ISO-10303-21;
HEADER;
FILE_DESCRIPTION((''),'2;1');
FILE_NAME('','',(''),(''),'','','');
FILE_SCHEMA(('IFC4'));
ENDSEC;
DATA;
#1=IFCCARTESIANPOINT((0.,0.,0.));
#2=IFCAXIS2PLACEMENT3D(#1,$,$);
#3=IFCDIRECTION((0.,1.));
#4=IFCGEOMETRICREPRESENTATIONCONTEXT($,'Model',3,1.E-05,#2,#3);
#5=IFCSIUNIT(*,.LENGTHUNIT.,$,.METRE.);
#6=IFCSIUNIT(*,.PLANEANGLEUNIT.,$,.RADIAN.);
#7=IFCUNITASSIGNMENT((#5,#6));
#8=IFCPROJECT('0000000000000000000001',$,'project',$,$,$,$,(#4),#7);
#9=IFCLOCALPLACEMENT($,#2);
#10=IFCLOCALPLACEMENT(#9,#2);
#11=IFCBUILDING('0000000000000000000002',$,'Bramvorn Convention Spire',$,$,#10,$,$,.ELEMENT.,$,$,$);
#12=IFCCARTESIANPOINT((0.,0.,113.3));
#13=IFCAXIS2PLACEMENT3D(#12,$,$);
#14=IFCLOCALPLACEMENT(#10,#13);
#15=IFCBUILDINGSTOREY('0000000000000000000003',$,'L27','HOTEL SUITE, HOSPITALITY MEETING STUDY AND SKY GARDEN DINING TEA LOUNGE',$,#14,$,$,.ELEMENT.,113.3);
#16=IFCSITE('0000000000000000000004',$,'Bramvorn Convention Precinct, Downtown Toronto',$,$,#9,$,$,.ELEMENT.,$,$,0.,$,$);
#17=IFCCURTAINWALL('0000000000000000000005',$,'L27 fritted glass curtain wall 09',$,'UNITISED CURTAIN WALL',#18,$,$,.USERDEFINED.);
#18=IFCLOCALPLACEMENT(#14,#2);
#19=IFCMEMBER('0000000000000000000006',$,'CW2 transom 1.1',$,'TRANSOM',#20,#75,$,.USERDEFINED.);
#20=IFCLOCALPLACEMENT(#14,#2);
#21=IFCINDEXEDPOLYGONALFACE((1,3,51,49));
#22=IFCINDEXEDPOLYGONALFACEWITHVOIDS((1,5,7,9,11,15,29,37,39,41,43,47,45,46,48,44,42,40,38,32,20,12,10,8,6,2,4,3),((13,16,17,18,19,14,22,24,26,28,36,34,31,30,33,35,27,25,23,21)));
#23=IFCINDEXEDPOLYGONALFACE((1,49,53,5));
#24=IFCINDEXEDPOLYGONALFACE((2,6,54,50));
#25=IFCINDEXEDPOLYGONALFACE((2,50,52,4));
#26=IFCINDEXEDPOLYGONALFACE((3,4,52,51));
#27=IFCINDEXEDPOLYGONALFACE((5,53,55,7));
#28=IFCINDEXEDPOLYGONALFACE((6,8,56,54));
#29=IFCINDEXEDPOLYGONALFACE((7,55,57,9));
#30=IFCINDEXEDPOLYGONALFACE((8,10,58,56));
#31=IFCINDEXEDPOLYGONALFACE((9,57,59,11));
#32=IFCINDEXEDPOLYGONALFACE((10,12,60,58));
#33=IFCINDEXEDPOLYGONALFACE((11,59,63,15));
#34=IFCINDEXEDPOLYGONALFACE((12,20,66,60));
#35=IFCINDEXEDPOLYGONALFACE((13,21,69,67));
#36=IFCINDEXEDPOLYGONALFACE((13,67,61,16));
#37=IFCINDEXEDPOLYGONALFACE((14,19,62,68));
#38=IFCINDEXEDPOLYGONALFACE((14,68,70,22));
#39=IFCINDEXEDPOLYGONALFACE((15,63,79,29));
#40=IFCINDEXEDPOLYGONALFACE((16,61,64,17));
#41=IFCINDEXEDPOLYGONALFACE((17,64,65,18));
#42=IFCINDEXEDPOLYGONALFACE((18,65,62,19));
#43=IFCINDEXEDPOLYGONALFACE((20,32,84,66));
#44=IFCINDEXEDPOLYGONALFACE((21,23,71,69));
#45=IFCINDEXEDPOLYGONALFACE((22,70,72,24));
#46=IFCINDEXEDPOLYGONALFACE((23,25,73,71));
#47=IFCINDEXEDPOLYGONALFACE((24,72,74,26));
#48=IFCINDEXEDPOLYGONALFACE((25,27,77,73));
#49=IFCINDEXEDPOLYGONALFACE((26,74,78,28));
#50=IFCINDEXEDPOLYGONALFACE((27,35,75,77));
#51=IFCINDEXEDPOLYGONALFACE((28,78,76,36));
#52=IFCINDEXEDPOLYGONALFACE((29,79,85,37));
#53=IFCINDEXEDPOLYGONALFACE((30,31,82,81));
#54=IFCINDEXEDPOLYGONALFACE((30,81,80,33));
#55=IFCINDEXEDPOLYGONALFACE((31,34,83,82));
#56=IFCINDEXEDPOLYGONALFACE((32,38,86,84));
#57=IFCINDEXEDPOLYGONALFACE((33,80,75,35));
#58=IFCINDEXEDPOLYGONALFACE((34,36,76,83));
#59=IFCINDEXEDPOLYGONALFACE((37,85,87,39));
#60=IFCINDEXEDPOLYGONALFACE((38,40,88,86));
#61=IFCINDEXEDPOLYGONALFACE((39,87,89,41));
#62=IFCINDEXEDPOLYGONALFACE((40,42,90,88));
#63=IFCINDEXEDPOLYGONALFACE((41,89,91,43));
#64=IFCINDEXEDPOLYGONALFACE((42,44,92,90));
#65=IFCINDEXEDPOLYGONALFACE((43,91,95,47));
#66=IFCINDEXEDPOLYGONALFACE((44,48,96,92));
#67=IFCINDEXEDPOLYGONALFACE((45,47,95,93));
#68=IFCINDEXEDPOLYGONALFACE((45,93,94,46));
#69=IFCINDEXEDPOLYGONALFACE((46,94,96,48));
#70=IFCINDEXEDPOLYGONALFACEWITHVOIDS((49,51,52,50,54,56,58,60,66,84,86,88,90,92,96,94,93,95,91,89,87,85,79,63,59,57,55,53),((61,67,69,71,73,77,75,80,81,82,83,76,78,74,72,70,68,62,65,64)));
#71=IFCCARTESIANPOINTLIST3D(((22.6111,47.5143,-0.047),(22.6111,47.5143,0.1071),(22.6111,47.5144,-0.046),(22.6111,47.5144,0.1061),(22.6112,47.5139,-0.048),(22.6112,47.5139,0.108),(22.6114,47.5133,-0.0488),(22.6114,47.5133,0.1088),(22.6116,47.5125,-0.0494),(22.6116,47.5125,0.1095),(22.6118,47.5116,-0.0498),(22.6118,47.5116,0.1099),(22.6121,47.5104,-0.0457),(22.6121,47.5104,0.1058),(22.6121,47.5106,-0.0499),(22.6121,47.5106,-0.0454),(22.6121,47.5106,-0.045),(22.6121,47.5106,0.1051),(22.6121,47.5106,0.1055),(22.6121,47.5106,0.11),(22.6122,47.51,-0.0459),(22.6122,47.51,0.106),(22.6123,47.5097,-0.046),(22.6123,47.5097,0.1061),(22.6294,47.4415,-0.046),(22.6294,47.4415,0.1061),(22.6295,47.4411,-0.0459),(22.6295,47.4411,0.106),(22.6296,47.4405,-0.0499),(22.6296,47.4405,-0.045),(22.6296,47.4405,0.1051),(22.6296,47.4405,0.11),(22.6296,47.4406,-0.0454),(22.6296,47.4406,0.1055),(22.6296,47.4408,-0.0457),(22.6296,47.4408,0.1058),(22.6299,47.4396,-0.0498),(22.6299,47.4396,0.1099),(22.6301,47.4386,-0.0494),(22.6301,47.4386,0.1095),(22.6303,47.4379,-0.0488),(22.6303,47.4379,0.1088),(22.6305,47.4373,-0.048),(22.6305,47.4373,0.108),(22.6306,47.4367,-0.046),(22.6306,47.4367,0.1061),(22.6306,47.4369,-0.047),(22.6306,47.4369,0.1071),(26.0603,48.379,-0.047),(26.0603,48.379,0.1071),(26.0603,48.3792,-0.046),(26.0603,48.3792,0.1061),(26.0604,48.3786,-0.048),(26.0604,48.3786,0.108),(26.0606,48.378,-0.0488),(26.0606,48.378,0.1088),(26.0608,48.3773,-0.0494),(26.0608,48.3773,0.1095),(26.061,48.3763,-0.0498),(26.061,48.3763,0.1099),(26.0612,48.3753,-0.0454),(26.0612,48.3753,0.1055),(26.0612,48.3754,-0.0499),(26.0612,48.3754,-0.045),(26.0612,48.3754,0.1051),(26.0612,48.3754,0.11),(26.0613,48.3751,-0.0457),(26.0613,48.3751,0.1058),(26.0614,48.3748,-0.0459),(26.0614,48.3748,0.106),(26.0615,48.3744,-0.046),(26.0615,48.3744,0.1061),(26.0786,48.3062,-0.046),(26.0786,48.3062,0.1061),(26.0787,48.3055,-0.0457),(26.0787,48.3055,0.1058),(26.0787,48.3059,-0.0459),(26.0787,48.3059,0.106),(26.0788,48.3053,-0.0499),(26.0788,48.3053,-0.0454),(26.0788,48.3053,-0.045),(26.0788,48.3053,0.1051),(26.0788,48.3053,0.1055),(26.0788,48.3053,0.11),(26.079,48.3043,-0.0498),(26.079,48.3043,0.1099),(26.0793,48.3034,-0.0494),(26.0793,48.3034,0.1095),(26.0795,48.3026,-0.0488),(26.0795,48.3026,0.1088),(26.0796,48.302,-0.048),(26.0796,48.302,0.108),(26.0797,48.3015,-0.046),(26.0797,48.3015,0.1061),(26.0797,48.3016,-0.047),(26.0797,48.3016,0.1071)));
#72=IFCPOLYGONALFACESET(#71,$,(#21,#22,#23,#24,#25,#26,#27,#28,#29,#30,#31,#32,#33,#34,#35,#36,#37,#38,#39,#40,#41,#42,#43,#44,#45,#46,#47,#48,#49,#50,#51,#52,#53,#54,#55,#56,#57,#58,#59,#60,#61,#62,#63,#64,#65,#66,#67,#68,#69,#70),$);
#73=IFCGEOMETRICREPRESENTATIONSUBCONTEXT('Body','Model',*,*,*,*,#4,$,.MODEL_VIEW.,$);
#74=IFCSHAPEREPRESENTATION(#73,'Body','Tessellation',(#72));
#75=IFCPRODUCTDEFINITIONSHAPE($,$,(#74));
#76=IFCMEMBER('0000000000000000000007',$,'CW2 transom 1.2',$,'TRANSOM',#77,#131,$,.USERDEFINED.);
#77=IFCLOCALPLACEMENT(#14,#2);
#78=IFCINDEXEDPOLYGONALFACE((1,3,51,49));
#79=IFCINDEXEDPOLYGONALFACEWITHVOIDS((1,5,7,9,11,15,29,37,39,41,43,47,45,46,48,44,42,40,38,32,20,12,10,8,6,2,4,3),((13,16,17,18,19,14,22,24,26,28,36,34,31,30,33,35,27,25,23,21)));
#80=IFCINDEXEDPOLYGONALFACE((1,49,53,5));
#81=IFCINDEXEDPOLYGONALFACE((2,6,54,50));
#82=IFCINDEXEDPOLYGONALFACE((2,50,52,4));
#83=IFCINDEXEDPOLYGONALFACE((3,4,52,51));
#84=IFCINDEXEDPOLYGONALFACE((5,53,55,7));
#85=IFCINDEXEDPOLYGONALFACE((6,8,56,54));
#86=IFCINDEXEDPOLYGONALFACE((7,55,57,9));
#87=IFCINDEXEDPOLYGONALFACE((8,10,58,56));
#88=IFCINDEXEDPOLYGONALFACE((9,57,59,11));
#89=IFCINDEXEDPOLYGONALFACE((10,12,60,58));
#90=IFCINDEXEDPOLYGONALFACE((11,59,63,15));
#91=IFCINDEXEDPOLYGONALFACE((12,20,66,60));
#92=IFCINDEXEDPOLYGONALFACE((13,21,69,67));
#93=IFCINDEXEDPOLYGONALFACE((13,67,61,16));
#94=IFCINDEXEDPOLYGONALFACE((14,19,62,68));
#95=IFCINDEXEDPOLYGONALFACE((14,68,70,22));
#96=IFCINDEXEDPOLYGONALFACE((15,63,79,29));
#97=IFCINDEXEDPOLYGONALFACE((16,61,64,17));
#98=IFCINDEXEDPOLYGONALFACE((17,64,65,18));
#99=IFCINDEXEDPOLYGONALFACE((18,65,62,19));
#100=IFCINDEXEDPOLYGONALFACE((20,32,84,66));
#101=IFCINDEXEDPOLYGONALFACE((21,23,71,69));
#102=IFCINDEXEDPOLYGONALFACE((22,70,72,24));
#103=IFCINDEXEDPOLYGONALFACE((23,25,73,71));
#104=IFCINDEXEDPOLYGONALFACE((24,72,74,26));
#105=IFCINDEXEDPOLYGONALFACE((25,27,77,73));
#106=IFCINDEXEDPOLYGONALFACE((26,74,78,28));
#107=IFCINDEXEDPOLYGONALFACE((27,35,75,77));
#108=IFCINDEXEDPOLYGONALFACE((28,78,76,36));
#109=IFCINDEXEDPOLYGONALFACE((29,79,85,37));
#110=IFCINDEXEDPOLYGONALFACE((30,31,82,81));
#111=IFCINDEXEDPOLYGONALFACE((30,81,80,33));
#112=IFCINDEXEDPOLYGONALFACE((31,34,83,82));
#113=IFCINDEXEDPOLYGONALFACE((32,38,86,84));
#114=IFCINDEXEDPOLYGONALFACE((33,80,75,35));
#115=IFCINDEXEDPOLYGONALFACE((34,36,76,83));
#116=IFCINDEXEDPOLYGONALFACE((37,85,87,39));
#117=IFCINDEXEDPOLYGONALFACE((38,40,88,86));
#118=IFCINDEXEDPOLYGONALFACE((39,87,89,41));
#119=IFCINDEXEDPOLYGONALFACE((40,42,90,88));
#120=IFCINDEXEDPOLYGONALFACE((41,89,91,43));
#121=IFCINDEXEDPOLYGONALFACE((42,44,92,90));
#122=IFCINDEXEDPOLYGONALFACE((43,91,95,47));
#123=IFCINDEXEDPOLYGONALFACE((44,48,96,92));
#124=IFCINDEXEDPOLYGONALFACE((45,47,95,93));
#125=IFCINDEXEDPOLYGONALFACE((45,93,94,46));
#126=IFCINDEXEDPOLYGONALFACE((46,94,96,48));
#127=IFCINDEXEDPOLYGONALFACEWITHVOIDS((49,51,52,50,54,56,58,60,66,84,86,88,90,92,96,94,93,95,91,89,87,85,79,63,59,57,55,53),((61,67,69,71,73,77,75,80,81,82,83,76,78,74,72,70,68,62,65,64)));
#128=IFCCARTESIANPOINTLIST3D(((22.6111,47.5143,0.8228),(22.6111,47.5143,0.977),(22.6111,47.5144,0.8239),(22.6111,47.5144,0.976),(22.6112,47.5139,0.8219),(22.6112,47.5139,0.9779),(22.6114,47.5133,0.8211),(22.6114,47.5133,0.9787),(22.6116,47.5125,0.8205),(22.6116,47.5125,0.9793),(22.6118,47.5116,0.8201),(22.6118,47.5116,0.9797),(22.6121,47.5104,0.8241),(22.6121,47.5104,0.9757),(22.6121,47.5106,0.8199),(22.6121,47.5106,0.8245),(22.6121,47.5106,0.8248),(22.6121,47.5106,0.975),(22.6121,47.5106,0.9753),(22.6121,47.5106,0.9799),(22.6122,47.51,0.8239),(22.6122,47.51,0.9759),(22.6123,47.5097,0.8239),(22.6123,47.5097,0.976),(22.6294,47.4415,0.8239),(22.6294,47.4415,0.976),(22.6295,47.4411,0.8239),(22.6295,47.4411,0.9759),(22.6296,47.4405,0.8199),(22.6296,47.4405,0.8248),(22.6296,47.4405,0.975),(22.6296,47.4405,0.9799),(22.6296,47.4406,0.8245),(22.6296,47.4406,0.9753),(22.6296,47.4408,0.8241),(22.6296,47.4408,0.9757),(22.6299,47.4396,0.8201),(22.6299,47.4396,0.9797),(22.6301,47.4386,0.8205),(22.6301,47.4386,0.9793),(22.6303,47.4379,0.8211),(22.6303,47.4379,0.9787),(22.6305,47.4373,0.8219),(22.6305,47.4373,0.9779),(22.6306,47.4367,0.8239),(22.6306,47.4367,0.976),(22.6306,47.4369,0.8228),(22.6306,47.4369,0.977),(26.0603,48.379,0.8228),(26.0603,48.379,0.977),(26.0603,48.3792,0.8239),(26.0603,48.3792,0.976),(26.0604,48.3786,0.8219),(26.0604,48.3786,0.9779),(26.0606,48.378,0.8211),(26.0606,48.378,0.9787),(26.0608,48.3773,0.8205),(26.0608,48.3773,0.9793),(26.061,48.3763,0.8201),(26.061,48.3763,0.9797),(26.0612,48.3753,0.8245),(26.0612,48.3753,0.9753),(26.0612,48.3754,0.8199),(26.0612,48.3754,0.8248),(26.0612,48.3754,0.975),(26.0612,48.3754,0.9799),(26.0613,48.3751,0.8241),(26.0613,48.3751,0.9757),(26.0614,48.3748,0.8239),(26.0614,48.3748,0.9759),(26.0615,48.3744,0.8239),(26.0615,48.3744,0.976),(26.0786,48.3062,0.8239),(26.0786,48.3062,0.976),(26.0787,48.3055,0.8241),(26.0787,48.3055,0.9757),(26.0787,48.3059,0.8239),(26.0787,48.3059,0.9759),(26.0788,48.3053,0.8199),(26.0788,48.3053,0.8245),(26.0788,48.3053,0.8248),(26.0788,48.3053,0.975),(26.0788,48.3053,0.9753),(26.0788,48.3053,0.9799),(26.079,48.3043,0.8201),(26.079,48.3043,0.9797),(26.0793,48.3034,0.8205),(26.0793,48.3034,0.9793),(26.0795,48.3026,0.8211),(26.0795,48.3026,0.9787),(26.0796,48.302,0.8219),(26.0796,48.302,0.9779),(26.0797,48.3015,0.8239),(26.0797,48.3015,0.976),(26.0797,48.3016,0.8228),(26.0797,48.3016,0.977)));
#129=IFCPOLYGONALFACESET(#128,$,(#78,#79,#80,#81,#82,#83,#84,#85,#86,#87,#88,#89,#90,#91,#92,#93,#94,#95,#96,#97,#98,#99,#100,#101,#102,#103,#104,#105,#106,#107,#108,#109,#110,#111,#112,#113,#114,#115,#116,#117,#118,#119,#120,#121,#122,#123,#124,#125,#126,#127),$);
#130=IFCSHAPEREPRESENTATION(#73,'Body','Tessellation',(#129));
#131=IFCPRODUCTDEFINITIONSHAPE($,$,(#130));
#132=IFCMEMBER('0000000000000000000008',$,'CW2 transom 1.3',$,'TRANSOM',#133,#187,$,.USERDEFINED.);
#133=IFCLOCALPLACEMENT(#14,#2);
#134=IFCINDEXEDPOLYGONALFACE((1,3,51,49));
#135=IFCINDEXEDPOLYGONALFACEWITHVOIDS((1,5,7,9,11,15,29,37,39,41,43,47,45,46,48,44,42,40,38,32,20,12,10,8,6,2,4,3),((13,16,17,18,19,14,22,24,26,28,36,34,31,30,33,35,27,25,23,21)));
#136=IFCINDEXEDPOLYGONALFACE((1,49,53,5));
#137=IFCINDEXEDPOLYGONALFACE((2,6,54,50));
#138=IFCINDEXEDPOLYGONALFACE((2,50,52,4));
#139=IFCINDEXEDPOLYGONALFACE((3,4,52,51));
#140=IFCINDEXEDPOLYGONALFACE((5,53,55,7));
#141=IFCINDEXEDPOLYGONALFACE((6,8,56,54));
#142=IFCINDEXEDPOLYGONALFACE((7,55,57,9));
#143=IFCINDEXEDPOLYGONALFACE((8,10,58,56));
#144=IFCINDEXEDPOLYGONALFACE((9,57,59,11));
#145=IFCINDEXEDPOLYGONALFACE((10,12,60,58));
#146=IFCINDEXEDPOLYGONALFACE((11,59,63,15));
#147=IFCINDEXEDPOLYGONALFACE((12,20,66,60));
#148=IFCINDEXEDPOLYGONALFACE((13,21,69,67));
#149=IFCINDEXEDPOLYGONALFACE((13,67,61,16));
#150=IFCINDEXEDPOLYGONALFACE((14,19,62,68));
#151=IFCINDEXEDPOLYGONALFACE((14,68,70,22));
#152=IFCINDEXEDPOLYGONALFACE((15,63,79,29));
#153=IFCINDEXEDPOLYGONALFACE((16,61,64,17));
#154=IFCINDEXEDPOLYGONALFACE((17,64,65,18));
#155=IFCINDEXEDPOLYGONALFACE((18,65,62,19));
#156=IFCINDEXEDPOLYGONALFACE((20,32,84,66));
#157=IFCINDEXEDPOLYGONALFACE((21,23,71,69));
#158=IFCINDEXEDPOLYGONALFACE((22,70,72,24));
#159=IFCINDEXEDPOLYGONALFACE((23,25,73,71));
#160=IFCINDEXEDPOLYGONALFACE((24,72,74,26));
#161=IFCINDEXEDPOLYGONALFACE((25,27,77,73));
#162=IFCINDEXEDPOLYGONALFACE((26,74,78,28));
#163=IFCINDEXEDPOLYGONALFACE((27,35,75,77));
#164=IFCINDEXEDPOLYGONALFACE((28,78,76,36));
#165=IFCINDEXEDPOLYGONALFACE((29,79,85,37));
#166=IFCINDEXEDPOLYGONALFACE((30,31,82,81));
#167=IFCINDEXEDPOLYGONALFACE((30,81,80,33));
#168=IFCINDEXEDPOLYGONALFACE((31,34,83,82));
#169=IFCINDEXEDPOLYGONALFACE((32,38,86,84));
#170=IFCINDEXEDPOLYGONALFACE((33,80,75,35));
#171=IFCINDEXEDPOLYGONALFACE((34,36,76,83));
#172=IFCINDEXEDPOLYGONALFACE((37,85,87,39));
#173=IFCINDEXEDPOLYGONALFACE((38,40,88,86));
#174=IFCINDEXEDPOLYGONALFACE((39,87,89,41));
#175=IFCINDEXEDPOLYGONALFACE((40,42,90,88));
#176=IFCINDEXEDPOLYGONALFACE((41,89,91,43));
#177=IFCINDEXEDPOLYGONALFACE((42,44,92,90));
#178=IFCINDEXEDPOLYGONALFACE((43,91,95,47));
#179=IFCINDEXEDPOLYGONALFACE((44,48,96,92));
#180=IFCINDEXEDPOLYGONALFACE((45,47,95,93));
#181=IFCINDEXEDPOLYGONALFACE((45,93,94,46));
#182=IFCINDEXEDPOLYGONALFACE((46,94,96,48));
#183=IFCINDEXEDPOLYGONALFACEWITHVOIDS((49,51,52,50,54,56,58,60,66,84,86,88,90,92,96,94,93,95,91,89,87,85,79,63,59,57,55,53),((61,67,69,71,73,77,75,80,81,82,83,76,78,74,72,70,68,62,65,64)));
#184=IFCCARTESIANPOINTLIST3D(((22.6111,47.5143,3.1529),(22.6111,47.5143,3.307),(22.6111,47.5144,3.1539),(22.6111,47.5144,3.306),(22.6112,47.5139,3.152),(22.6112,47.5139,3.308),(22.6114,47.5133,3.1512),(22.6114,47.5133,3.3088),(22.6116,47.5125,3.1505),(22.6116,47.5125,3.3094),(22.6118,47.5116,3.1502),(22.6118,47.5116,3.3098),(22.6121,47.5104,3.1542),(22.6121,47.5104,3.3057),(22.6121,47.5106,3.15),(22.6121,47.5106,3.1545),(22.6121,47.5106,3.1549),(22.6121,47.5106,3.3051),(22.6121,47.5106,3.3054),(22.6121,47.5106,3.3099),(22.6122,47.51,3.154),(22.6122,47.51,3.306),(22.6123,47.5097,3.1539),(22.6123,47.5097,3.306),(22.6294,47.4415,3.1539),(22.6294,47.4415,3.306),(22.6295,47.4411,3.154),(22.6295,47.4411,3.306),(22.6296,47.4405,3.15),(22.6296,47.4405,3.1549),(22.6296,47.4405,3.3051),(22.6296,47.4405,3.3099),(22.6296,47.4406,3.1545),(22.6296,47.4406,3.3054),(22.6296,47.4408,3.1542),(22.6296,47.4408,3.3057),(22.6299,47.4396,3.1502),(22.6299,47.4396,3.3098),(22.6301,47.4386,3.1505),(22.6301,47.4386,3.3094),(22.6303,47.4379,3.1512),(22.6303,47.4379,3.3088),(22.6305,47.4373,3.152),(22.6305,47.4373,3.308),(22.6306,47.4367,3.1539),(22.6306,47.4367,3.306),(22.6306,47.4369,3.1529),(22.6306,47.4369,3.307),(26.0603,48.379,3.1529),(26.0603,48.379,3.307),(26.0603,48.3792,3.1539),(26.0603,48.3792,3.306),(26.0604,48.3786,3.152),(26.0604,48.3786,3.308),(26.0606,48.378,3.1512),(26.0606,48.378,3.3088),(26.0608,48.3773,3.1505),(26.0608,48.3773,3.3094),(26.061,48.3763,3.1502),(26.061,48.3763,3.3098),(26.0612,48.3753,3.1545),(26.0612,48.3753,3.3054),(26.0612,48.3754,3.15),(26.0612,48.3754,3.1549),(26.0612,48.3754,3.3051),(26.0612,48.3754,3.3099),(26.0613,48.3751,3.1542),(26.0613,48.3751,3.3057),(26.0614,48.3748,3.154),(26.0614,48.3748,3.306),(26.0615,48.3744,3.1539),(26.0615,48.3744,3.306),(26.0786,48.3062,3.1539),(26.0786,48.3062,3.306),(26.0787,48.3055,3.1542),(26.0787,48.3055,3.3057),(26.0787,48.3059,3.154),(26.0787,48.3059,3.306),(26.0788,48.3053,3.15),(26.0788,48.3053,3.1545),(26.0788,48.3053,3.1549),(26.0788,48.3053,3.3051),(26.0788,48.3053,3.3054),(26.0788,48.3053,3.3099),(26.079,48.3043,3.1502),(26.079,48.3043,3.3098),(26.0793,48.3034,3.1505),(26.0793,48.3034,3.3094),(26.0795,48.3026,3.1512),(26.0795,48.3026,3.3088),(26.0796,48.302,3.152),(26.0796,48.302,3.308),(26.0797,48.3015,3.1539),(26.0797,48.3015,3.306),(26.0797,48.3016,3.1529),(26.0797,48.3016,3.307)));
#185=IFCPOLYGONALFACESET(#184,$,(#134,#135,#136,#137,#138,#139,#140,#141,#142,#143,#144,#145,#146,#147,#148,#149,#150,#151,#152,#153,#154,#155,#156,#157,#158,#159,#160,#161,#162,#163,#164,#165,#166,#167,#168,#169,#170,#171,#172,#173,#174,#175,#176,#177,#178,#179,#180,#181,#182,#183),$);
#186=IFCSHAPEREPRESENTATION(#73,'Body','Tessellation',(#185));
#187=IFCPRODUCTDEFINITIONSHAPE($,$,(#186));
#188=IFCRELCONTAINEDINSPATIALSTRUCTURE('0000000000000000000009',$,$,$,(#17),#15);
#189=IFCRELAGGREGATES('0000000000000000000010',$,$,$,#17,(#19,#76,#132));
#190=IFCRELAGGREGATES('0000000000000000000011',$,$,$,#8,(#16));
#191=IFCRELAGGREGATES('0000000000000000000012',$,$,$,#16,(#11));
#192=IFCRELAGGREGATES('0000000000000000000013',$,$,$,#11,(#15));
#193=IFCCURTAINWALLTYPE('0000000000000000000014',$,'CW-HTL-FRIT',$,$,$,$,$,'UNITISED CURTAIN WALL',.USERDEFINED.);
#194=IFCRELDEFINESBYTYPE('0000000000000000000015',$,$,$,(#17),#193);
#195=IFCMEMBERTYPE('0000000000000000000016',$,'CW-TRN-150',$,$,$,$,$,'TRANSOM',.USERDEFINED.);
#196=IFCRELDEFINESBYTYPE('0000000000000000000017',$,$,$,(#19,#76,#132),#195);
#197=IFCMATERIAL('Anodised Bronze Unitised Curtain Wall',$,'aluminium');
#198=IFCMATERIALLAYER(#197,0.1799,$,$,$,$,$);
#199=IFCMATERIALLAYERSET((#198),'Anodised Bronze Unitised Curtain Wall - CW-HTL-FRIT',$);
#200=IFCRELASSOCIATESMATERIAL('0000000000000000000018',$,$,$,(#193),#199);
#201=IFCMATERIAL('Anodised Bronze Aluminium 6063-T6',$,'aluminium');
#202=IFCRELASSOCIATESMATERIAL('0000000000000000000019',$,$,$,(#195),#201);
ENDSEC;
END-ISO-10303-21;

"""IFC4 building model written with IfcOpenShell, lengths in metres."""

from ifc_helpers import new_model, si_unit, direction, frame, origin, origin_2d, place, context, subcontext, project, spatial, hollow_rectangle, extrude, material, layer, layer_set, material_profile, profile_set, type_object, element, aggregate, save


model = new_model("IFC4")

# Units and contexts
model_context = context("Model", 3, precision=1e-05, world=origin(), true_north=direction((0.0, 1.0)))
body_context = subcontext(model_context, "Body", "Model", "MODEL_VIEW")
ifc_project = project(units=[si_unit("LENGTHUNIT", "METRE"), si_unit("PLANEANGLEUNIT", "RADIAN")], contexts=[model_context])

# Site, building, storey
site_placement = place(None, origin())
site = spatial("IfcSite", under=ifc_project, at=site_placement, Name="Bramvorn Convention Precinct, Downtown Toronto", CompositionType="ELEMENT", RefElevation=0.0)
building_placement = place(site_placement, origin())
building = spatial("IfcBuilding", under=site, at=building_placement, Name="Bramvorn Convention Spire", CompositionType="ELEMENT")
storey_placement = place(building_placement, frame((0.0, 0.0, 113.3)))
storey = spatial("IfcBuildingStorey", under=building, at=storey_placement, Name="L27", Description="HOTEL SUITE, HOSPITALITY MEETING STUDY AND SKY GARDEN DINING TEA LOUNGE", CompositionType="ELEMENT", Elevation=113.3)

# Curtain wall
ifc_material_1 = material(Name="Anodised Bronze Unitised Curtain Wall", Category="aluminium")
ifc_layer_1 = layer(ifc_material_1, 0.1799)
ifc_layer_set_1 = layer_set([ifc_layer_1], Name="Anodised Bronze Unitised Curtain Wall - CW-HTL-FRIT")
curtain_wall_type = type_object("IfcCurtainWallType", Name="CW-HTL-FRIT", ElementType="UNITISED CURTAIN WALL", PredefinedType="USERDEFINED", material=ifc_layer_set_1)
curtain_wall_1_placement = place(storey_placement, origin())
curtain_wall_1 = element("IfcCurtainWall", 1, at=curtain_wall_1_placement, inside=storey, type_object=curtain_wall_type, Name="L27 fritted glass curtain wall 09", ObjectType="UNITISED CURTAIN WALL", PredefinedType="USERDEFINED")
ifc_material_2 = material(Name="Anodised Bronze Aluminium 6063-T6", Category="aluminium")

# Members
ifc_material_profile_1 = material_profile(ifc_material_2, hollow_rectangle(XDim=0.0801, YDim=0.1599, WallThickness=0.0039, InnerFilletRadius=0.001, OuterFilletRadius=0.0039, at=origin_2d()))
ifc_profile_set_1 = profile_set([ifc_material_profile_1], Name="Anodised Bronze Aluminium 6063-T6 - CWT80X160")
member_type_1 = type_object("IfcMemberType", Name="CW-TRN-150", ElementType="TRANSOM", PredefinedType="USERDEFINED", material=ifc_profile_set_1)
member_1_placement = place(storey_placement, frame((22.6208, 47.4756, 0.03), z_axis=(0.969981, 0.243182, 0.0), x_axis=(-0.243182, 0.969981, 0.0)))
member_1 = element("IfcMember", 2, at=member_1_placement, type_object=member_type_1, Name="CW2 transom 1.1", ObjectType="TRANSOM", PredefinedType="USERDEFINED", context=body_context, shape_type="SweptSolid", body=[
    extrude(hollow_rectangle(XDim=0.0801, YDim=0.1599, WallThickness=0.0039, InnerFilletRadius=0.001, OuterFilletRadius=0.0039, at=origin_2d()), origin(), (0.0, 0.0, 1.0), 3.5559),
])
member_2_placement = place(storey_placement, frame((22.6208, 47.4756, 0.8999), z_axis=(0.969981, 0.243182, 0.0), x_axis=(-0.243182, 0.969981, 0.0)))
member_2 = element("IfcMember", 3, at=member_2_placement, type_object=member_type_1, Name="CW2 transom 1.2", ObjectType="TRANSOM", PredefinedType="USERDEFINED", context=body_context, shape_type="SweptSolid", body=[
    extrude(hollow_rectangle(XDim=0.0801, YDim=0.1599, WallThickness=0.0039, InnerFilletRadius=0.001, OuterFilletRadius=0.0039, at=origin_2d()), origin(), (0.0, 0.0, 1.0), 3.5559),
])
member_3_placement = place(storey_placement, frame((22.6208, 47.4756, 3.23), z_axis=(0.969981, 0.243182, 0.0), x_axis=(-0.243182, 0.969981, 0.0)))
member_3 = element("IfcMember", 4, at=member_3_placement, type_object=member_type_1, Name="CW2 transom 1.3", ObjectType="TRANSOM", PredefinedType="USERDEFINED", context=body_context, shape_type="SweptSolid", body=[
    extrude(hollow_rectangle(XDim=0.0801, YDim=0.1599, WallThickness=0.0039, InnerFilletRadius=0.001, OuterFilletRadius=0.0039, at=origin_2d()), origin(), (0.0, 0.0, 1.0), 3.5559),
])

aggregate(curtain_wall_1, [member_1, member_2, member_3])

save(model, "model.ifc")
